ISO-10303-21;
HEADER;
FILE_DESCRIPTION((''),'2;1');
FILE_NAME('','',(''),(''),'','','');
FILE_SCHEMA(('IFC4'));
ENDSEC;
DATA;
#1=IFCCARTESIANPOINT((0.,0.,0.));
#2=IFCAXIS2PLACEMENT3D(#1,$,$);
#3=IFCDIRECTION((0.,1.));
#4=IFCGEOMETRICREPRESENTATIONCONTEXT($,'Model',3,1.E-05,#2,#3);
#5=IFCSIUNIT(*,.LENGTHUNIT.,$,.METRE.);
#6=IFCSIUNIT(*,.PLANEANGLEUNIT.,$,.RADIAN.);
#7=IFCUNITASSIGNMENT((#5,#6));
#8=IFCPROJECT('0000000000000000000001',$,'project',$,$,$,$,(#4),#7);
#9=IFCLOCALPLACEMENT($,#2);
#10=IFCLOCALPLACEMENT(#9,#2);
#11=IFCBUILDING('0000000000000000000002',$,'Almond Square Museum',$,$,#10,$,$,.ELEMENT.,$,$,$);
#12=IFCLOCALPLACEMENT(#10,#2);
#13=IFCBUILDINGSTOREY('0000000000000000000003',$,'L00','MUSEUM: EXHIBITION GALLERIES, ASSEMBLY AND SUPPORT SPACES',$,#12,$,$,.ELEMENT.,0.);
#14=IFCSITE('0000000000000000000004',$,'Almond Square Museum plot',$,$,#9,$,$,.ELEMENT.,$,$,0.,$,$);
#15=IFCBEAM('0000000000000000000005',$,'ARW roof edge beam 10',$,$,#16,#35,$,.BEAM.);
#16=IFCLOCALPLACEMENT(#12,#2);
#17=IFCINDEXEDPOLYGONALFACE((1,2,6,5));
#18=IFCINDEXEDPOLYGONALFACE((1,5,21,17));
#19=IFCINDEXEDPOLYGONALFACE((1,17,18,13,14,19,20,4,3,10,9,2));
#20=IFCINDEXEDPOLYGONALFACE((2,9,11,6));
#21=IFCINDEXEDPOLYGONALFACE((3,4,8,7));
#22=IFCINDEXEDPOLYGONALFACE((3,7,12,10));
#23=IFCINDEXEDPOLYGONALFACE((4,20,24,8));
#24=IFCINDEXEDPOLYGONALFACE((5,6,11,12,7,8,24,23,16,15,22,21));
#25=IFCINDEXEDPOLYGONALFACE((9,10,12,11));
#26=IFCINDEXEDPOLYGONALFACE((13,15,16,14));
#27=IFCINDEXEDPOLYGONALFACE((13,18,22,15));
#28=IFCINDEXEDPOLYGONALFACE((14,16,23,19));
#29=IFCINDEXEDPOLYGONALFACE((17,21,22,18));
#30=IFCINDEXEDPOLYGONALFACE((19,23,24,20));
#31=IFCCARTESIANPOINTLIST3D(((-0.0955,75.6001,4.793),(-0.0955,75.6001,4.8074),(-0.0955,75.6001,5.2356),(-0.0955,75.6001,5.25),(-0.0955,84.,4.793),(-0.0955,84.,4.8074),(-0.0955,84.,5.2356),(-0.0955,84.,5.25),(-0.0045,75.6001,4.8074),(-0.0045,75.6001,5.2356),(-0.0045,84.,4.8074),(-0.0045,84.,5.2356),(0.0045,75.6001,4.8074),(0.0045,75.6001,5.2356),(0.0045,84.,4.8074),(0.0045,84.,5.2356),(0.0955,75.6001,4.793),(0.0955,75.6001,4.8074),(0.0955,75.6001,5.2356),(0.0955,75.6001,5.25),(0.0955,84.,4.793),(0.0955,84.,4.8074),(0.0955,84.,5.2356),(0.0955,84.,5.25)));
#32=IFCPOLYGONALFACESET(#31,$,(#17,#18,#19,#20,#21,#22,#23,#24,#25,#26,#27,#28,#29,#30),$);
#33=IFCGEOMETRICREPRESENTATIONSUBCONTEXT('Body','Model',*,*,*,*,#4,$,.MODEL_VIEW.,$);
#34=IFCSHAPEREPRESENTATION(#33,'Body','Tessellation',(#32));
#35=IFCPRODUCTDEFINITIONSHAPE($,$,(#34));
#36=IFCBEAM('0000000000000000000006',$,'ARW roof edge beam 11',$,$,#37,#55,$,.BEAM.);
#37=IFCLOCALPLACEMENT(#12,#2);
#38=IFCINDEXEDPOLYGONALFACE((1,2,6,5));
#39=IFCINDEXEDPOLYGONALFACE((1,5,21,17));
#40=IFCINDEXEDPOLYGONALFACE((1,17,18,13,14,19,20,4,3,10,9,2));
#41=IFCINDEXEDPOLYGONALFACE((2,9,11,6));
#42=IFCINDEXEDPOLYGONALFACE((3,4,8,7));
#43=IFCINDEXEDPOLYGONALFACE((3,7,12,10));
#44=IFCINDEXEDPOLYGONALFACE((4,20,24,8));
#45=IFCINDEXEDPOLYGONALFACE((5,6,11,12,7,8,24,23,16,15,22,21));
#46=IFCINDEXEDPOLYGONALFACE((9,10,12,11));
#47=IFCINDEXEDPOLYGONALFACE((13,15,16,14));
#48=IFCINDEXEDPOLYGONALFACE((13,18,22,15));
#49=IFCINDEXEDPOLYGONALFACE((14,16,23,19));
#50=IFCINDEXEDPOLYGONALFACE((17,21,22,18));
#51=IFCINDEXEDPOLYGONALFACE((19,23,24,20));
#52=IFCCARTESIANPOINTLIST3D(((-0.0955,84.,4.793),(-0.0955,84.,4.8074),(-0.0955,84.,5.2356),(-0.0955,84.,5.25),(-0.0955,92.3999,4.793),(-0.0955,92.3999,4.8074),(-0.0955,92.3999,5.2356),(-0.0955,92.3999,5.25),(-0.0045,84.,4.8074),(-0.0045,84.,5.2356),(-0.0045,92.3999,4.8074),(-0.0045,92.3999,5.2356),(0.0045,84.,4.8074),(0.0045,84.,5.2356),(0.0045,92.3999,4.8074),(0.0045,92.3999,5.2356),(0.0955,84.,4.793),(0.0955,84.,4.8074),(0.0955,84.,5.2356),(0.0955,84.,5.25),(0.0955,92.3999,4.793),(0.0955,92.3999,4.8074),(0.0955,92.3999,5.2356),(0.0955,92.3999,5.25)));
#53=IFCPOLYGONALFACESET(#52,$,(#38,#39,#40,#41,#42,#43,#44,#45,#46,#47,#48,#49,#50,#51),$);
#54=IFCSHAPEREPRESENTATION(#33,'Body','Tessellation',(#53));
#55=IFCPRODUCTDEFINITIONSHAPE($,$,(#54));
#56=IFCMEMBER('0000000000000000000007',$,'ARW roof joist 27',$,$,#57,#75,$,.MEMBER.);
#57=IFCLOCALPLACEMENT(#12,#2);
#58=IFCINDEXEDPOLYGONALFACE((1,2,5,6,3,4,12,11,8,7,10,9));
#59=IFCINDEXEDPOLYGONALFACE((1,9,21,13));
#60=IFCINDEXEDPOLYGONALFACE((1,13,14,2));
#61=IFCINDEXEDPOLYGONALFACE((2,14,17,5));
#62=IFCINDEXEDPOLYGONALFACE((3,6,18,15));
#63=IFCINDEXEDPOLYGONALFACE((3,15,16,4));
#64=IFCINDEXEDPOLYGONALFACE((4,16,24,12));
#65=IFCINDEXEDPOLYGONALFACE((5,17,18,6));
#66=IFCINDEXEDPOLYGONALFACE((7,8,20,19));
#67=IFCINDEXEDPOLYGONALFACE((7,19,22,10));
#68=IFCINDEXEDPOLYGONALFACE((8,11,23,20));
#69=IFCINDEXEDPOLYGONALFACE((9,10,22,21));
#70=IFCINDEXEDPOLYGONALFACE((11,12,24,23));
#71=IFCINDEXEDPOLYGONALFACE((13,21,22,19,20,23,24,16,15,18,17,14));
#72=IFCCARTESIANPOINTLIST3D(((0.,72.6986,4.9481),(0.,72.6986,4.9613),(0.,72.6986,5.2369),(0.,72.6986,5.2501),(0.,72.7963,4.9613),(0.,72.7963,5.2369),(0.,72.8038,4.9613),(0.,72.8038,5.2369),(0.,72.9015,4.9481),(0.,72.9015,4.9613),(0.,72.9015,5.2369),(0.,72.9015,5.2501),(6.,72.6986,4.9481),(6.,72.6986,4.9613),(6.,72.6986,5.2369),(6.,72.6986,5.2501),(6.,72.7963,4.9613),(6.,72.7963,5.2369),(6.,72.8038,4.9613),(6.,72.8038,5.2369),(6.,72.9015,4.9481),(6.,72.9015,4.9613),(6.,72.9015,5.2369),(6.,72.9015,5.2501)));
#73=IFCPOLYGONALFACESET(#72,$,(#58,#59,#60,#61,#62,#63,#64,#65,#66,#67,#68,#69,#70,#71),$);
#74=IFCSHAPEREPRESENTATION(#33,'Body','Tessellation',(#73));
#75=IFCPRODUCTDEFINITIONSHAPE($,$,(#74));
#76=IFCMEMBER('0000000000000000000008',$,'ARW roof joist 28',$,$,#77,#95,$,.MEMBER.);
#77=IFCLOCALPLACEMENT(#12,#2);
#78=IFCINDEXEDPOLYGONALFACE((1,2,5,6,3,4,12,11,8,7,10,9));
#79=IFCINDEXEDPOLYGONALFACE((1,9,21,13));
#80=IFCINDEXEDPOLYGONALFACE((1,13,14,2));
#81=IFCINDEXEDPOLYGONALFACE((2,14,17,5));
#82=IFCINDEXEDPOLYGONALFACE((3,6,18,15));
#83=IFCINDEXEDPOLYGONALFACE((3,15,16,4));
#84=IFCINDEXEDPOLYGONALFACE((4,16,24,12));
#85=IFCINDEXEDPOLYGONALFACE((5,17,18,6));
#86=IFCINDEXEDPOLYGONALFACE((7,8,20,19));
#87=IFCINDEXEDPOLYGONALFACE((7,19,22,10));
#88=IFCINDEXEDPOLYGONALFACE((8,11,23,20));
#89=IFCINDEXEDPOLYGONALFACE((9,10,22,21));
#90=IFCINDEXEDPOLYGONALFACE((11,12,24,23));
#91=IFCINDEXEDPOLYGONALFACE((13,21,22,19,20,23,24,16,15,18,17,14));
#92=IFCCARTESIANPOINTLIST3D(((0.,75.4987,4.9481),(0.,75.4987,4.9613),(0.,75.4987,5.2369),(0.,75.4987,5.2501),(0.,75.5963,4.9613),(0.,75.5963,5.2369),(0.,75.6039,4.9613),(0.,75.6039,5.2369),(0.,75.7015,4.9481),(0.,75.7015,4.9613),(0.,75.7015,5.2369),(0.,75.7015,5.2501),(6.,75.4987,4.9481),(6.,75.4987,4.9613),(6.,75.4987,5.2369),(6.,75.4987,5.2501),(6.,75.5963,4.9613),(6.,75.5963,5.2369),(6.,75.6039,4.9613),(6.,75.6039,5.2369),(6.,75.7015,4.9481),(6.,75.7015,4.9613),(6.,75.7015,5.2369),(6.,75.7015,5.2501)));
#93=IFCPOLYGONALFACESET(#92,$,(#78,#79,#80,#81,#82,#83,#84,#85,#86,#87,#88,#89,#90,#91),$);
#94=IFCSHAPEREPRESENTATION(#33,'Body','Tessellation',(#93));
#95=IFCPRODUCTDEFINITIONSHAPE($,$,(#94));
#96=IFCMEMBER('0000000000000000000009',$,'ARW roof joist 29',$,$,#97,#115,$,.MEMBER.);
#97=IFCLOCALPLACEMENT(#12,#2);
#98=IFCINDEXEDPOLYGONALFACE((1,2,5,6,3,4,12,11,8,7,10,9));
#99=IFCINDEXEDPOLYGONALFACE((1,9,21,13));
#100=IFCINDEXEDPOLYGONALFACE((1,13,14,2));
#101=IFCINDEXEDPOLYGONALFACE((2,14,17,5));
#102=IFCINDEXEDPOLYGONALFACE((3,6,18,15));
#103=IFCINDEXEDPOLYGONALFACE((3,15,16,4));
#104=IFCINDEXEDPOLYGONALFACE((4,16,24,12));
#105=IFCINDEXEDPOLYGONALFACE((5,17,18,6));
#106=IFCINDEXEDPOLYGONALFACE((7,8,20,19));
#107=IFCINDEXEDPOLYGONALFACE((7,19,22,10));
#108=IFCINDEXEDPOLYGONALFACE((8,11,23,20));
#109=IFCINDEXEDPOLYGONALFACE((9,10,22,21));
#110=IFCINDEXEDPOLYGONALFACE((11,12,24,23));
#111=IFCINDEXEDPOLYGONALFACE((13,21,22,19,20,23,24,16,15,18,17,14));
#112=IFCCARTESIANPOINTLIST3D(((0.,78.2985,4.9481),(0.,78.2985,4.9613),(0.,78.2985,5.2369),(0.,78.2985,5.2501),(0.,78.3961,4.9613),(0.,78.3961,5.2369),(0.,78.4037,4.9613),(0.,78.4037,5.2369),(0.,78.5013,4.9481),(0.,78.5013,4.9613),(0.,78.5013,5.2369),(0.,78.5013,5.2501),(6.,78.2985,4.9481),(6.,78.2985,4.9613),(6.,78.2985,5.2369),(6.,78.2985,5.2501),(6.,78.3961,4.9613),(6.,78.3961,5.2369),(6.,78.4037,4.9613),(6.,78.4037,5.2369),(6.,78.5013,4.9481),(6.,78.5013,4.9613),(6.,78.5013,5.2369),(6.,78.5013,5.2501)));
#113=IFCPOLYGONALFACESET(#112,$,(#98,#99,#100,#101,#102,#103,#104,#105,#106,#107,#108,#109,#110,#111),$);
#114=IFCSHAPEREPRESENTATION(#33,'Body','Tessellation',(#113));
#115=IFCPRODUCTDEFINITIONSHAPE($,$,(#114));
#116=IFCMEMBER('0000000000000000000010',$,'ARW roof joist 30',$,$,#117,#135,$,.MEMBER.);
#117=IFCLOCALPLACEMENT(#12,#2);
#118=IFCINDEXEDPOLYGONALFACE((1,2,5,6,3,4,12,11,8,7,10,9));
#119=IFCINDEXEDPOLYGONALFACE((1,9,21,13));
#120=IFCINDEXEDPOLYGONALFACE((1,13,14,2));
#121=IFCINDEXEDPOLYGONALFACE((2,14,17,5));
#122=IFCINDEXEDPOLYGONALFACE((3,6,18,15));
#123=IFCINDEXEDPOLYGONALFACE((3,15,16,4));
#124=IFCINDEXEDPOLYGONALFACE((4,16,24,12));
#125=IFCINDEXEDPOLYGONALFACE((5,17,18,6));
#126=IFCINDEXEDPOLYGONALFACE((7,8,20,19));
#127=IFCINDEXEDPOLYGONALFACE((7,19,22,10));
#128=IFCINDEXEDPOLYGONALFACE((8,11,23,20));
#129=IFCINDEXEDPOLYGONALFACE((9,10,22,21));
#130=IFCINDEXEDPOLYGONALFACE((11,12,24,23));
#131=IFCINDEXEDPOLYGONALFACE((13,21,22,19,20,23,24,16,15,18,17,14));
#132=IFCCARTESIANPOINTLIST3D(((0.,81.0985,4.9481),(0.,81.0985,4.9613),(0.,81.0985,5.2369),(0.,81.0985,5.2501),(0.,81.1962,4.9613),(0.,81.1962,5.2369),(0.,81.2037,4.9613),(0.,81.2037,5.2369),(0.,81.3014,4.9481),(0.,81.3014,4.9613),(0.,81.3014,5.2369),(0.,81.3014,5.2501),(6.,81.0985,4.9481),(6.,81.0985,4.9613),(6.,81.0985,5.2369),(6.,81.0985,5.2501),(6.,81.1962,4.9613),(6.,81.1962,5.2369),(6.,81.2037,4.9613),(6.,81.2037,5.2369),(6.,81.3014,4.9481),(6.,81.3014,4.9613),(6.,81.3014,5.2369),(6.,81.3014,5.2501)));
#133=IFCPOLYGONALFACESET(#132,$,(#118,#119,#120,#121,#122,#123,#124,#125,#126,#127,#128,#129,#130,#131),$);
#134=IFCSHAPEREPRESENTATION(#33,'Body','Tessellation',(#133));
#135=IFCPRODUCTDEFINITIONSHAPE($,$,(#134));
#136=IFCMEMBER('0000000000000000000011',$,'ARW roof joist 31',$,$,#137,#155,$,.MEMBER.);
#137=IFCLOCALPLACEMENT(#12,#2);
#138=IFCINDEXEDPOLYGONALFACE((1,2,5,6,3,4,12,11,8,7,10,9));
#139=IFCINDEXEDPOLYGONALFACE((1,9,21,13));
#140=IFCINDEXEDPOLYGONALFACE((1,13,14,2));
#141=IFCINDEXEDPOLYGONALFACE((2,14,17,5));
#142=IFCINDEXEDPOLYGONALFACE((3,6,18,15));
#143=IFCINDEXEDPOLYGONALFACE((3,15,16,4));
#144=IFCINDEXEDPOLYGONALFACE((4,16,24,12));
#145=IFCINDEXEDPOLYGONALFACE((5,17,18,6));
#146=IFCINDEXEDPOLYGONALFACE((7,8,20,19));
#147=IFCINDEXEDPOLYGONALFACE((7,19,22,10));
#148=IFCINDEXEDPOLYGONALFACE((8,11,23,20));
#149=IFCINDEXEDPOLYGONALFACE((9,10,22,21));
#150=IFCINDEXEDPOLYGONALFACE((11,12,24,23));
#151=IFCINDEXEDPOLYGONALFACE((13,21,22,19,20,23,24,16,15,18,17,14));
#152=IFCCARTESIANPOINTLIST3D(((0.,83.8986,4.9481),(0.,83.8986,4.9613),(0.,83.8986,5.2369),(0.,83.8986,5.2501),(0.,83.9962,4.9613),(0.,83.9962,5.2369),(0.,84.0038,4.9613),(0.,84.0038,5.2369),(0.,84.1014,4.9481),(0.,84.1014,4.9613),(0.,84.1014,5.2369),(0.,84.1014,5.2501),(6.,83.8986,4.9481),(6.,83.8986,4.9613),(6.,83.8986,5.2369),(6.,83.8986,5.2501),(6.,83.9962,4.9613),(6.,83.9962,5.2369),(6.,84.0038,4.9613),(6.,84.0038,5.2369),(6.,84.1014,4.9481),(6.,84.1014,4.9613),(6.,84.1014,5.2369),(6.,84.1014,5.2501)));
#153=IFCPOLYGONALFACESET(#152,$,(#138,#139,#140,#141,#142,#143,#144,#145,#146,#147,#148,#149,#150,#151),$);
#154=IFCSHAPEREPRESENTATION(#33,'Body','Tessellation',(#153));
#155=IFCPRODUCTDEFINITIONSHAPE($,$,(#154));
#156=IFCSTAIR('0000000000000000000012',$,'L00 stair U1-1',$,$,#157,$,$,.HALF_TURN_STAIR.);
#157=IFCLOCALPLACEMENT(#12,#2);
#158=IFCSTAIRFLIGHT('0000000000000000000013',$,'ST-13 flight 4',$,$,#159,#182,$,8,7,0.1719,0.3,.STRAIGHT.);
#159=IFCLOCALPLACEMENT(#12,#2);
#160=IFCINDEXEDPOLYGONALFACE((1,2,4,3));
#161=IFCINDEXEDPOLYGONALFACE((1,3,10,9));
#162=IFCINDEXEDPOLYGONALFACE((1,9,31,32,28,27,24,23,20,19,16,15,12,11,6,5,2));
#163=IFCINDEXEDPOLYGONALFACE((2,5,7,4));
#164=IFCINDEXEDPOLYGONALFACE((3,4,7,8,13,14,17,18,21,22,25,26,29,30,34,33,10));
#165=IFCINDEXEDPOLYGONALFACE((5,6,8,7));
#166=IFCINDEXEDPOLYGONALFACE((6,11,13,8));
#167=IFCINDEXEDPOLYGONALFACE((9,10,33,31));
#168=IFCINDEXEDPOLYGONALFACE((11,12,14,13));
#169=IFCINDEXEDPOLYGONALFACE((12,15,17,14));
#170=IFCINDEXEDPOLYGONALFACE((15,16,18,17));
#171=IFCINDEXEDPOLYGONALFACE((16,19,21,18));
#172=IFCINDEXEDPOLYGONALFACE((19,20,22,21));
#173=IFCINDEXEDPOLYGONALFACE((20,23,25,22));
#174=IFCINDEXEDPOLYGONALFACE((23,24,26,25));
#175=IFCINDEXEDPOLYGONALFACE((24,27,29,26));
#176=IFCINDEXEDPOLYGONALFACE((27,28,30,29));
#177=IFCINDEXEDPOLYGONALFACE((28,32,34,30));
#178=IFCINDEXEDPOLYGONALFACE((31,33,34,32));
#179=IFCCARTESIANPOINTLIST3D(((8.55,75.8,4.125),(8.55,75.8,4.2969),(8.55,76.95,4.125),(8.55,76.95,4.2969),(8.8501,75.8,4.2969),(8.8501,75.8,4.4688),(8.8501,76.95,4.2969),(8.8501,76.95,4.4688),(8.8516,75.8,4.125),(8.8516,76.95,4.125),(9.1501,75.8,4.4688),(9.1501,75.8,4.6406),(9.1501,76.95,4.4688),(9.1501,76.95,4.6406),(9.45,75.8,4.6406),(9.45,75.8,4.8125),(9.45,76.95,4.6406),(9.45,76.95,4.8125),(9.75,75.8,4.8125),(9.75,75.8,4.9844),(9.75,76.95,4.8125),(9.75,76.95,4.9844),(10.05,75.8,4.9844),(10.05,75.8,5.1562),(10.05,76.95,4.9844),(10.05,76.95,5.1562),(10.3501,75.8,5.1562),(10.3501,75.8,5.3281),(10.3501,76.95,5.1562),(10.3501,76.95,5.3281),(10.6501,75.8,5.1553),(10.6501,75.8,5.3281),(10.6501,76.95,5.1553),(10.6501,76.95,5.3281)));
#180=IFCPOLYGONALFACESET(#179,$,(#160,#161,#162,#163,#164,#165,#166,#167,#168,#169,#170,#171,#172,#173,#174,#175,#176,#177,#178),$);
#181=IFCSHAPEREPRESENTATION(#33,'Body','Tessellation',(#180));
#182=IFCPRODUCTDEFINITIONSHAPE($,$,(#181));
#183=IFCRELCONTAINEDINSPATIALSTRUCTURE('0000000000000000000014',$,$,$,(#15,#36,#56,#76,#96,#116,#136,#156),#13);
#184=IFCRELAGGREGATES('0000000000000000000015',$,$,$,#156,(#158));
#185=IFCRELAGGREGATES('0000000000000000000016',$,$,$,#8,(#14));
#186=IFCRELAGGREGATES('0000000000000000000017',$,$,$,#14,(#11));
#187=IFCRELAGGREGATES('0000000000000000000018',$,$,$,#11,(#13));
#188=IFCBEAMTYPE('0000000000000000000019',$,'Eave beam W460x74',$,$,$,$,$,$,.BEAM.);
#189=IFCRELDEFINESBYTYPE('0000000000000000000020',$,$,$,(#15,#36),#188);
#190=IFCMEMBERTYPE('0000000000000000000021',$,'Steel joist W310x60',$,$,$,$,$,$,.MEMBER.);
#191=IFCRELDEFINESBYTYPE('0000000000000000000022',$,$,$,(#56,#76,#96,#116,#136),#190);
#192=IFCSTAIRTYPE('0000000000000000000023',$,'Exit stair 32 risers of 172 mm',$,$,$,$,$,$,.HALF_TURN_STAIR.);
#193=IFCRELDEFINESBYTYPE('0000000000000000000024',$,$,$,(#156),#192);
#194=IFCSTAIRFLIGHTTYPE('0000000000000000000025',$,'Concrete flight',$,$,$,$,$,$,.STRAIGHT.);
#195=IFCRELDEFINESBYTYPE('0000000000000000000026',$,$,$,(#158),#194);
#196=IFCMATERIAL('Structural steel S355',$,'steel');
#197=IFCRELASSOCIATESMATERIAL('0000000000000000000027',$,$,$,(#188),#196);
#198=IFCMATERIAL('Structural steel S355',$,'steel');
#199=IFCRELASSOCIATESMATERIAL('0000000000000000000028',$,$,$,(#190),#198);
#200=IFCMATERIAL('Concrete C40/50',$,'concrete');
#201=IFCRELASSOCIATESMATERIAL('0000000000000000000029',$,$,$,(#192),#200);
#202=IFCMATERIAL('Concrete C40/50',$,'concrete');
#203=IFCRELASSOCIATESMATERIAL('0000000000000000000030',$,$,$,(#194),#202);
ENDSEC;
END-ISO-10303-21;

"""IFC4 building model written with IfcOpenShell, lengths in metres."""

from ifc_helpers import new_model, si_unit, direction, frame, origin, origin_2d, place, context, subcontext, project, spatial, polyline, i_section, outline, extrude, material, material_profile, profile_set, type_object, element, aggregate, save


model = new_model("IFC4")

# Units and contexts
model_context = context("Model", 3, precision=1e-05, world=origin(), true_north=direction((0.0, 1.0)))
body_context = subcontext(model_context, "Body", "Model", "MODEL_VIEW")
ifc_project = project(units=[si_unit("LENGTHUNIT", "METRE"), si_unit("PLANEANGLEUNIT", "RADIAN")], contexts=[model_context])

# Site, building, storey
site_placement = place(None, origin())
site = spatial("IfcSite", under=ifc_project, at=site_placement, Name="Almond Square Museum plot", CompositionType="ELEMENT", RefElevation=0.0)
building_placement = place(site_placement, origin())
building = spatial("IfcBuilding", under=site, at=building_placement, Name="Almond Square Museum", CompositionType="ELEMENT")
storey_placement = place(building_placement, origin())
storey = spatial("IfcBuildingStorey", under=building, at=storey_placement, Name="L00", Description="MUSEUM: EXHIBITION GALLERIES, ASSEMBLY AND SUPPORT SPACES", CompositionType="ELEMENT", Elevation=0.0)

# Beams
ifc_material_1 = material(Name="Structural steel S355", Category="steel")
ifc_material_profile_1 = material_profile(ifc_material_1, i_section(OverallWidth=0.1909, OverallDepth=0.457, WebThickness=0.009, FlangeThickness=0.0144, at=origin_2d()))
ifc_profile_set_1 = profile_set([ifc_material_profile_1], Name="Structural steel S355")
beam_type = type_object("IfcBeamType", Name="Eave beam W460x74", PredefinedType="BEAM", material=ifc_profile_set_1)
for number, where, z_axis, x_axis, name in (
    (1, (0.0, 75.6001, 5.0215), (0.0, 1.0, 0.0), (-1.0, 0.0, 0.0), "ARW roof edge beam 10"),
    (2, (0.0, 84.0, 5.0215), (0.0, 1.0, 0.0), (-1.0, 0.0, 0.0), "ARW roof edge beam 11"),
):
    element("IfcBeam", number, at=place(storey_placement, frame(where, z_axis=z_axis, x_axis=x_axis)), inside=storey, type_object=beam_type, Name=name, PredefinedType="BEAM", context=body_context, shape_type="SweptSolid", body=[
        extrude(i_section(OverallWidth=0.1909, OverallDepth=0.457, WebThickness=0.009, FlangeThickness=0.0144, at=origin_2d()), origin(), (0.0, 0.0, 1.0), 8.3999),
    ])

# Members
ifc_material_2 = material(Name="Structural steel S355", Category="steel")
ifc_material_profile_2 = material_profile(ifc_material_2, i_section(OverallWidth=0.2029, OverallDepth=0.302, WebThickness=0.0076, FlangeThickness=0.0132, at=origin_2d()))
ifc_profile_set_2 = profile_set([ifc_material_profile_2], Name="Structural steel S355")
member_type = type_object("IfcMemberType", Name="Steel joist W310x60", PredefinedType="MEMBER", material=ifc_profile_set_2)
for number, where, z_axis, x_axis, name in (
    (3, (6.0, 72.8, 5.0991), (-1.0, 0.0, 0.0), (0.0, -1.0, 0.0), "ARW roof joist 27"),
    (4, (6.0, 75.6001, 5.0991), (-1.0, 0.0, 0.0), (0.0, -1.0, 0.0), "ARW roof joist 28"),
    (5, (6.0, 78.3999, 5.0991), (-1.0, 0.0, 0.0), (0.0, -1.0, 0.0), "ARW roof joist 29"),
    (6, (6.0, 81.2, 5.0991), (-1.0, 0.0, 0.0), (0.0, -1.0, 0.0), "ARW roof joist 30"),
    (7, (6.0, 84.0, 5.0991), (-1.0, 0.0, 0.0), (0.0, -1.0, 0.0), "ARW roof joist 31"),
):
    element("IfcMember", number, at=place(storey_placement, frame(where, z_axis=z_axis, x_axis=x_axis)), inside=storey, type_object=member_type, Name=name, PredefinedType="MEMBER", context=body_context, shape_type="SweptSolid", body=[
        extrude(i_section(OverallWidth=0.2029, OverallDepth=0.302, WebThickness=0.0076, FlangeThickness=0.0132, at=origin_2d()), origin(), (0.0, 0.0, 1.0), 6.0),
    ])

# Stair, stair flight
ifc_material_3 = material(Name="Concrete C40/50", Category="concrete")
stair_type = type_object("IfcStairType", Name="Exit stair 32 risers of 172 mm", PredefinedType="HALF_TURN_STAIR", material=ifc_material_3)
stair_1_placement = place(storey_placement, origin())
stair_1 = element("IfcStair", 8, at=stair_1_placement, inside=storey, type_object=stair_type, Name="L00 stair U1-1", PredefinedType="HALF_TURN_STAIR")
ifc_material_4 = material(Name="Concrete C40/50", Category="concrete")
stair_flight_type = type_object("IfcStairFlightType", Name="Concrete flight", PredefinedType="STRAIGHT", material=ifc_material_4)
stair_flight_1_placement = place(storey_placement, frame((8.55, 76.375, 4.125), z_axis=(0.0, 0.0, 1.0), x_axis=(1.0, 0.0, 0.0)))
stair_flight_1 = element("IfcStairFlight", 9, at=stair_flight_1_placement, type_object=stair_flight_type, Name="ST-13 flight 4", NumberOfRisers=8, NumberOfTreads=7, PredefinedType="STRAIGHT", RiserHeight=0.1719, TreadLength=0.3, context=body_context, shape_type="SweptSolid", body=[
    extrude(outline(polyline([(0.0, 0.0), (0.0, 0.1719), (0.3, 0.1719), (0.3, 0.3438), (0.6001, 0.3438), (0.6001, 0.5156), (0.8999, 0.5156), (0.8999, 0.6875), (1.2, 0.6875), (1.2, 0.8594), (1.5, 0.8594), (1.5, 1.0312), (1.8, 1.0312), (1.8, 1.2031), (2.1001, 1.2031), (2.1001, 1.375), (2.1001, 1.0303), (0.3015, 0.0), (0.0, 0.0)])), frame((0.0, 0.575, 0.0), z_axis=(0.0, -1.0, 0.0), x_axis=(1.0, 0.0, 0.0)), (0.0, 0.0, 1.0), 1.1499),
])
aggregate(stair_1, [stair_flight_1])

save(model, "model.ifc")
